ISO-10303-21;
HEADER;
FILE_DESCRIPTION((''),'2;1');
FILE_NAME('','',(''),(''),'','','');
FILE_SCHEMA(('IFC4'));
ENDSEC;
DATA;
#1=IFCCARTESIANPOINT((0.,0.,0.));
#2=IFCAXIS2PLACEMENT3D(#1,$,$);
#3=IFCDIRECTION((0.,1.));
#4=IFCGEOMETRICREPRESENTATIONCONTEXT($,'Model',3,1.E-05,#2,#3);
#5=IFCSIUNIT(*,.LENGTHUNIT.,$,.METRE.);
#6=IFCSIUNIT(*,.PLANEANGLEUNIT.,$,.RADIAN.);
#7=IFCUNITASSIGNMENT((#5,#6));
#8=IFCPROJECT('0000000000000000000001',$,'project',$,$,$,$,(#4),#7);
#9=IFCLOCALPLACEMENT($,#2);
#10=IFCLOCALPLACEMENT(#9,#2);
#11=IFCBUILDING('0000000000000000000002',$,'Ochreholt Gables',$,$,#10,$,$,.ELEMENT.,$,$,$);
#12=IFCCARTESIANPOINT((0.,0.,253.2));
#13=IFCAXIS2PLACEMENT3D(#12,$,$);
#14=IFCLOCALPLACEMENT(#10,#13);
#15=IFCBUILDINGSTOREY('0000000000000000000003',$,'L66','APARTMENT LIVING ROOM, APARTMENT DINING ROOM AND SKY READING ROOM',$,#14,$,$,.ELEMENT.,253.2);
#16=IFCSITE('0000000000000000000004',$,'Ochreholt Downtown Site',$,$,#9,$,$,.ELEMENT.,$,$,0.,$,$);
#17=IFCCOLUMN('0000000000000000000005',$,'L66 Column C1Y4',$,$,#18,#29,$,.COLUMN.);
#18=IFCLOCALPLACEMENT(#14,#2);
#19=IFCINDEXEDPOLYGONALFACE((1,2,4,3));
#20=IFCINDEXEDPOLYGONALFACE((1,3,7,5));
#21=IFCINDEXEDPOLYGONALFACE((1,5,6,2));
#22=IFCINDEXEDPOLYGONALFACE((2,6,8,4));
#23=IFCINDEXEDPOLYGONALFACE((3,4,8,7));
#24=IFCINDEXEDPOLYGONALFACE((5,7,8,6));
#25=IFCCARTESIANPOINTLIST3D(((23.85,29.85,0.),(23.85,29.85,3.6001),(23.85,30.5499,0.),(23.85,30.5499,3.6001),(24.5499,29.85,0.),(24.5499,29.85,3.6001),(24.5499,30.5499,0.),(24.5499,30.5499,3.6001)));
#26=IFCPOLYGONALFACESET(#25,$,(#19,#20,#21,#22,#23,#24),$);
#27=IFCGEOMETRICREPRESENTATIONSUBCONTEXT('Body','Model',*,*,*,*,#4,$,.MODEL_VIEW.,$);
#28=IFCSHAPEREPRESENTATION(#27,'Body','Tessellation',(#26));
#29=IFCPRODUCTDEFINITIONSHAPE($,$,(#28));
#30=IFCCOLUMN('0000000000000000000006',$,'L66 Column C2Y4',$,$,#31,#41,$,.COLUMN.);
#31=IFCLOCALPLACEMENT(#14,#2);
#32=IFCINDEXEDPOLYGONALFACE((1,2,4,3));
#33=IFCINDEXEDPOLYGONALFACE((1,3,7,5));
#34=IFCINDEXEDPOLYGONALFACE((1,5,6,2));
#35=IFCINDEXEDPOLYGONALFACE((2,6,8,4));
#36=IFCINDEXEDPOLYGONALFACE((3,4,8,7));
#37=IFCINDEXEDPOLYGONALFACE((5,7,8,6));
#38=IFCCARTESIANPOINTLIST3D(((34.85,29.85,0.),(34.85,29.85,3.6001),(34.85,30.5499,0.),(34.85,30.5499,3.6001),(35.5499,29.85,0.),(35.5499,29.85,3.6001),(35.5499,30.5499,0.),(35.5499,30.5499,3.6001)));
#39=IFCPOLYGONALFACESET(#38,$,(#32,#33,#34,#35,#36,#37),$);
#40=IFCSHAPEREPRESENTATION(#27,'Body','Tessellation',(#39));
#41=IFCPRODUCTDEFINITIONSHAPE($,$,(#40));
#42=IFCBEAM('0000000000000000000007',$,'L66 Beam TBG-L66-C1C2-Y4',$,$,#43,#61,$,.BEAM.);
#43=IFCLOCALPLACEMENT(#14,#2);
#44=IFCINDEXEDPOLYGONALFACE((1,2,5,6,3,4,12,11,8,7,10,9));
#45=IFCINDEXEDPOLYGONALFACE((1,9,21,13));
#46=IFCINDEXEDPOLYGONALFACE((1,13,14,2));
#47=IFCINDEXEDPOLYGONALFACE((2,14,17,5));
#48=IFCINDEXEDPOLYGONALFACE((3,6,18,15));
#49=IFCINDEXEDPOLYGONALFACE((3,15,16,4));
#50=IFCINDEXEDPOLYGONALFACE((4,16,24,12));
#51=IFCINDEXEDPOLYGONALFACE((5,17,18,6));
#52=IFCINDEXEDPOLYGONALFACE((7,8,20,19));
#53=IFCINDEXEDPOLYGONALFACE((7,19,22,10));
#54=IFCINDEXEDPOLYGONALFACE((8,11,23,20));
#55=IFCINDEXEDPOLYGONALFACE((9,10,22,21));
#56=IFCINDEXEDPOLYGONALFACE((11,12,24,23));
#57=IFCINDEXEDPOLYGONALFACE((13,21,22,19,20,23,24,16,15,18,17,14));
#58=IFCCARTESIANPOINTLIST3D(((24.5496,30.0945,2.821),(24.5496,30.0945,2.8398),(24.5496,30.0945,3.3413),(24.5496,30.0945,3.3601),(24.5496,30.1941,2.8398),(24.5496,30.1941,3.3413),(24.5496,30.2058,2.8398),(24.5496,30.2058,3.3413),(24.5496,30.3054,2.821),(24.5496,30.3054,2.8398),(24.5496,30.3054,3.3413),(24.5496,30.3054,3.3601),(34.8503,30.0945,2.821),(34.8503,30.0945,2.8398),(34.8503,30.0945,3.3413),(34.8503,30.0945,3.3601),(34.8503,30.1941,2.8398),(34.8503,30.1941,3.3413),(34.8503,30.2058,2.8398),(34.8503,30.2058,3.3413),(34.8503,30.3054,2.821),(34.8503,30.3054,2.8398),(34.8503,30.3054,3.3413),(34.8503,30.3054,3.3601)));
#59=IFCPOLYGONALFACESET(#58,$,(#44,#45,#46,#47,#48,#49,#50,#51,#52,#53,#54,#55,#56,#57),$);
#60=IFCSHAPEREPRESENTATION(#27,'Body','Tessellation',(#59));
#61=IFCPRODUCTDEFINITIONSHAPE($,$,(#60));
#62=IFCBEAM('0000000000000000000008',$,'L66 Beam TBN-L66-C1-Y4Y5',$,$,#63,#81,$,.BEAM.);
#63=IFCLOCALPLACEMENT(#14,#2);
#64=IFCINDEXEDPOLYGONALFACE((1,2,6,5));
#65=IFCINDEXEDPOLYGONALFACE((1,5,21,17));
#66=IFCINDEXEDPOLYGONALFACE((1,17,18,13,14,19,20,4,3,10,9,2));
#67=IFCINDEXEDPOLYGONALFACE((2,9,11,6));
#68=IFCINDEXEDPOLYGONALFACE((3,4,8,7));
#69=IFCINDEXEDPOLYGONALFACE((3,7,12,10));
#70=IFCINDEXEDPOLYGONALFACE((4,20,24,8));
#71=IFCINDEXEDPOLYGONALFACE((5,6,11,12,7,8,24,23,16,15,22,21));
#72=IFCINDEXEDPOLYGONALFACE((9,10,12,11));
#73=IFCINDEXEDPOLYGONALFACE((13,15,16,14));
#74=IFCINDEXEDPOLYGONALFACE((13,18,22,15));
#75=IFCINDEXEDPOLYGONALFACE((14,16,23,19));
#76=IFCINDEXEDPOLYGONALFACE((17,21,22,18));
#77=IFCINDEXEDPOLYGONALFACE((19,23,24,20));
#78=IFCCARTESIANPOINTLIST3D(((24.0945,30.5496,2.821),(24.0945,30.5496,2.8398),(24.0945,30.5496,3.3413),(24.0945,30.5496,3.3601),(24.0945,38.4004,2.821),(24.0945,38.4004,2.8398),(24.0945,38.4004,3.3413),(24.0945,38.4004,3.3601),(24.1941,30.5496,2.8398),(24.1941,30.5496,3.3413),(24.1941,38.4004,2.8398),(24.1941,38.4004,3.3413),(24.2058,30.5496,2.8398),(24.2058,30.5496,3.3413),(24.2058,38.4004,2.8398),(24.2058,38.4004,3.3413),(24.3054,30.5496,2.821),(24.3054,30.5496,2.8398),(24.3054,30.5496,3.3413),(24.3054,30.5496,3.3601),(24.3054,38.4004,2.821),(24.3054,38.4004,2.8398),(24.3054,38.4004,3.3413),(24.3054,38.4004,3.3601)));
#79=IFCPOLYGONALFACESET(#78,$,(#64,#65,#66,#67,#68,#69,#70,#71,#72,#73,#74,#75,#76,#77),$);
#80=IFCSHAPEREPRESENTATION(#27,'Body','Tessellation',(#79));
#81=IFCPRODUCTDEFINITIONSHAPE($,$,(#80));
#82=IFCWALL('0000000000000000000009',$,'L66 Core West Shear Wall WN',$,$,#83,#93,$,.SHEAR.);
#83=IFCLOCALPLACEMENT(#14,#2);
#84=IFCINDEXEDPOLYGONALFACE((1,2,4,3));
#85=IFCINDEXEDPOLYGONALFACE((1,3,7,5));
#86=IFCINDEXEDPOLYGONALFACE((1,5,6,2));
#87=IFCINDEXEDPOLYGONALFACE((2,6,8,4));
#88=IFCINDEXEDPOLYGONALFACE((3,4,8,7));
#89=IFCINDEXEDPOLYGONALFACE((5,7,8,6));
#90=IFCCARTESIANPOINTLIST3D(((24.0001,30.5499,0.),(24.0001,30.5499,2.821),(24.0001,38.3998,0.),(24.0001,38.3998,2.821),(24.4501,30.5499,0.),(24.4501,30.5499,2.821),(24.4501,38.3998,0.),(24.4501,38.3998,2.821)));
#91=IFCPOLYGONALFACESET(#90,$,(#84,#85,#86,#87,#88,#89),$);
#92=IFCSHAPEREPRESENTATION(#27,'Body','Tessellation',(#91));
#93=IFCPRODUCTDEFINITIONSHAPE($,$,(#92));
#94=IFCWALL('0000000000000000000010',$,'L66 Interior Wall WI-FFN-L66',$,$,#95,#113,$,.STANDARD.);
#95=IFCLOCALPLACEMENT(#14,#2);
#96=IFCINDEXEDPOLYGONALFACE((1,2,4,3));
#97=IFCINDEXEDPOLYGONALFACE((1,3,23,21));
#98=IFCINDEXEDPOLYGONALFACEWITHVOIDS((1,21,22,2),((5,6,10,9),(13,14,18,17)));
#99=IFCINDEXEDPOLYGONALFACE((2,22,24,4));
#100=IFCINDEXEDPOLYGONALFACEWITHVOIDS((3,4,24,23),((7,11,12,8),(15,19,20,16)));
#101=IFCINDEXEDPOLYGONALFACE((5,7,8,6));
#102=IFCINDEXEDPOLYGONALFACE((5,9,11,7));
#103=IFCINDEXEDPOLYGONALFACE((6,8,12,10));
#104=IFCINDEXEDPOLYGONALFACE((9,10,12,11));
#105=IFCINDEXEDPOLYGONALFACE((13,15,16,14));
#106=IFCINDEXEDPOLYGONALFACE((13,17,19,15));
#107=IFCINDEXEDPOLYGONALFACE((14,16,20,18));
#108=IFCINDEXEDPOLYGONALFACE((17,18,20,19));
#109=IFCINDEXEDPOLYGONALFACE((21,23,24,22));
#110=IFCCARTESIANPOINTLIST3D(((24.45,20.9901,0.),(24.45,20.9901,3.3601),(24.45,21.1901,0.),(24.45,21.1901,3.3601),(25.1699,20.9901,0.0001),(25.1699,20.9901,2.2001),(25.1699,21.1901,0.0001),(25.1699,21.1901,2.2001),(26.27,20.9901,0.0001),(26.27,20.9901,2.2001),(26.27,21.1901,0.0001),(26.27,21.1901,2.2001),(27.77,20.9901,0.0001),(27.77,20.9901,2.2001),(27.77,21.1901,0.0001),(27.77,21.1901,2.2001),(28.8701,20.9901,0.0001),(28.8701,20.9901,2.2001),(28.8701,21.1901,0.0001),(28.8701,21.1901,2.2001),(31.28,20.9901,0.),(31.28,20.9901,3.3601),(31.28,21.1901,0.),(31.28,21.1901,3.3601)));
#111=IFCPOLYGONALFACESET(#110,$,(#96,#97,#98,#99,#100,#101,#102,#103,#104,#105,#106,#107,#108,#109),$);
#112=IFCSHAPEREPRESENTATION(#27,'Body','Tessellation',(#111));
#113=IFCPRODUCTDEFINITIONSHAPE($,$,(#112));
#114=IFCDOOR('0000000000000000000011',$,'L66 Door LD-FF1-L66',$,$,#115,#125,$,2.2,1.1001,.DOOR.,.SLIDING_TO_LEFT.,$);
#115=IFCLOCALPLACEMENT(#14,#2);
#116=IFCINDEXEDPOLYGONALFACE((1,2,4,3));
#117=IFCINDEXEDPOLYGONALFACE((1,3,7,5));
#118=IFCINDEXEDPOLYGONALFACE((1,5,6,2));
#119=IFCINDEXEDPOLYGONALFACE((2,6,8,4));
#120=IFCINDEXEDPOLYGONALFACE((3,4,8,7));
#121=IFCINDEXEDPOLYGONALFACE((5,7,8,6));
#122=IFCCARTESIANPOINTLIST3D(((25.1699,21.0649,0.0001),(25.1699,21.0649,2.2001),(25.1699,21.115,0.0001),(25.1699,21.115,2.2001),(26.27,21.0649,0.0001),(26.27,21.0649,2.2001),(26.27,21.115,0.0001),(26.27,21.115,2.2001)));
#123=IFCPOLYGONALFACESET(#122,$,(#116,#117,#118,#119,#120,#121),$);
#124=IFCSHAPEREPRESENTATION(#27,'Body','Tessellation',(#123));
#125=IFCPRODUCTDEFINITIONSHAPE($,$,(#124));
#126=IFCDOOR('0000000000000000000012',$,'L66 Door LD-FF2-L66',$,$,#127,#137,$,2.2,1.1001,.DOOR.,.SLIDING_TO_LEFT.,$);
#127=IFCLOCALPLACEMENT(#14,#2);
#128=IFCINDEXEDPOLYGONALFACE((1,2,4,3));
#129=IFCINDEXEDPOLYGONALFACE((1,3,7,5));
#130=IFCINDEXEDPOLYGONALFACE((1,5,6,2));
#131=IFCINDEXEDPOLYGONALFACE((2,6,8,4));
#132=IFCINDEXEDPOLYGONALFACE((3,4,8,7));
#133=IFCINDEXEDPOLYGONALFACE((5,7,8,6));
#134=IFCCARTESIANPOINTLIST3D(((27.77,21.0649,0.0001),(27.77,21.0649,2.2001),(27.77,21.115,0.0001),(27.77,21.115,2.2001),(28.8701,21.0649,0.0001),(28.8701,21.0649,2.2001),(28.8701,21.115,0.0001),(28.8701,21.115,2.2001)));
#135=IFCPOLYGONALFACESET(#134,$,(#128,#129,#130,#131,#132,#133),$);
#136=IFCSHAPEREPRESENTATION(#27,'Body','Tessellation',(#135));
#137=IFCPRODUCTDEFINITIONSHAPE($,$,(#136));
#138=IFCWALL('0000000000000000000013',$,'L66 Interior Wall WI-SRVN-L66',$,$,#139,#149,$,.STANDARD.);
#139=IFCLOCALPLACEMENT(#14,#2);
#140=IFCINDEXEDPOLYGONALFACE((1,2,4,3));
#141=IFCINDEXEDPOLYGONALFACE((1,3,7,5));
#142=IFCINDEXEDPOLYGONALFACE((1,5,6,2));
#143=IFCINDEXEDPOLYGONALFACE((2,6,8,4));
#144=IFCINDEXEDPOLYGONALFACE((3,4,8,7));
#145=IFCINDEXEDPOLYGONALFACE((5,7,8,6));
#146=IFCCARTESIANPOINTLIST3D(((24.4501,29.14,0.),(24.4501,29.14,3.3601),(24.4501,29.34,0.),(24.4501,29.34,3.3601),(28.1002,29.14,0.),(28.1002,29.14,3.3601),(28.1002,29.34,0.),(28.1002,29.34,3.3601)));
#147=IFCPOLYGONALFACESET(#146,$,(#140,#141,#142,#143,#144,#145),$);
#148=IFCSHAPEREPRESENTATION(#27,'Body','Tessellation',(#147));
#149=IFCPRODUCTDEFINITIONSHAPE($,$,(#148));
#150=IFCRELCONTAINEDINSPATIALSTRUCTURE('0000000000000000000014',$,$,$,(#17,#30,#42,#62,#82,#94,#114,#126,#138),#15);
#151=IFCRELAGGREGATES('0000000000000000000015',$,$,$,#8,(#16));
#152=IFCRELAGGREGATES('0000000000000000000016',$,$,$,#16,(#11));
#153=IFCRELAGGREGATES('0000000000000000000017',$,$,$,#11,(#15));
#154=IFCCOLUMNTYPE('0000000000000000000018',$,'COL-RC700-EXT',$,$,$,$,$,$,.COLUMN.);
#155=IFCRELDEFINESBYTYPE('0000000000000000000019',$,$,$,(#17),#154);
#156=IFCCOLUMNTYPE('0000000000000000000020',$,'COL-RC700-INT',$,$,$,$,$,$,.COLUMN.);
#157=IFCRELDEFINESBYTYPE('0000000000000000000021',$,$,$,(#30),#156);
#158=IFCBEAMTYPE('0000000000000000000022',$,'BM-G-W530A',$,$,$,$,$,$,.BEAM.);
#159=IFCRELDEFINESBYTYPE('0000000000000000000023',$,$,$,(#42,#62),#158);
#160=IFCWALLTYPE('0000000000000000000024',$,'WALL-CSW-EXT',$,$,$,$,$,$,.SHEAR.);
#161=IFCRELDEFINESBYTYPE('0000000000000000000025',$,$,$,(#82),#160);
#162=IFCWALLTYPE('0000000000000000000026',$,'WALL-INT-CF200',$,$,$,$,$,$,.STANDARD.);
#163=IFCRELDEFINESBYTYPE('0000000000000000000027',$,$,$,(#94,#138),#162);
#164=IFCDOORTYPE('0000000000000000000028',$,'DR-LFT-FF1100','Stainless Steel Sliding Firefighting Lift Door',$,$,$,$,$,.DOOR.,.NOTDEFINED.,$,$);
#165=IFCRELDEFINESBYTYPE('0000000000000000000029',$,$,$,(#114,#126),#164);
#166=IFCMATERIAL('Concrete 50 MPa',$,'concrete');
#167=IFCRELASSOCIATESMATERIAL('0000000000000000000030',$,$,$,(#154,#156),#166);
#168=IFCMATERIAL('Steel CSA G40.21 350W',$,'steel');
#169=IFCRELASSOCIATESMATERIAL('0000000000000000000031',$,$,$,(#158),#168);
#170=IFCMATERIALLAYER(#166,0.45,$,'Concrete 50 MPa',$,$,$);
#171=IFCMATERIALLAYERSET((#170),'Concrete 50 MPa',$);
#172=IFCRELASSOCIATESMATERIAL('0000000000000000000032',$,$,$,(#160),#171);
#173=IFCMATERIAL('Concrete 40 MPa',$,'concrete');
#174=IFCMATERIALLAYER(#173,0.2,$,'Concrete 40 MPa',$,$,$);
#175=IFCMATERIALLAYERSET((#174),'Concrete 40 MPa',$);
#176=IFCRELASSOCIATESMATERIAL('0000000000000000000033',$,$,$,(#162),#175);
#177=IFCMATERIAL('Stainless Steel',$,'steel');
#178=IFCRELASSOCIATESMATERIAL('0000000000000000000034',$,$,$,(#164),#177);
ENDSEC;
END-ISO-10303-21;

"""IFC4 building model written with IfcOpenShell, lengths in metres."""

from ifc_helpers import new_model, si_unit, direction, frame, frame_2d, origin, origin_2d, place, context, subcontext, project, spatial, rectangle, i_section, extrude, material, layer, layer_set, material_profile, profile_set, type_object, element, fill, save


model = new_model("IFC4")

# Units and contexts
model_context = context("Model", 3, precision=1e-05, world=origin(), true_north=direction((0.0, 1.0)))
body_context = subcontext(model_context, "Body", "Model", "MODEL_VIEW")
ifc_project = project(units=[si_unit("LENGTHUNIT", "METRE"), si_unit("PLANEANGLEUNIT", "RADIAN")], contexts=[model_context])

# Site, building, storey
site_placement = place(None, origin())
site = spatial("IfcSite", under=ifc_project, at=site_placement, Name="Ochreholt Downtown Site", CompositionType="ELEMENT", RefElevation=0.0)
building_placement = place(site_placement, origin())
building = spatial("IfcBuilding", under=site, at=building_placement, Name="Ochreholt Gables", CompositionType="ELEMENT")
storey_placement = place(building_placement, frame((0.0, 0.0, 253.2)))
storey = spatial("IfcBuildingStorey", under=building, at=storey_placement, Name="L66", Description="APARTMENT LIVING ROOM, APARTMENT DINING ROOM AND SKY READING ROOM", CompositionType="ELEMENT", Elevation=253.2)

# Columns
ifc_material_1 = material(Name="Concrete 50 MPa", Category="concrete")
ifc_material_profile_1 = material_profile(ifc_material_1, rectangle(XDim=0.7, YDim=0.7, at=origin_2d()), Name="RC700X700")
ifc_profile_set_1 = profile_set([ifc_material_profile_1], Name="Concrete 50 MPa")
column_type_1 = type_object("IfcColumnType", Name="COL-RC700-EXT", PredefinedType="COLUMN", material=ifc_profile_set_1)
column_1_placement = place(storey_placement, frame((24.2, 30.2, 0.0), z_axis=(0.0, 0.0, 1.0), x_axis=(1.0, 0.0, 0.0)))
element("IfcColumn", 1, at=column_1_placement, inside=storey, type_object=column_type_1, Name="L66 Column C1Y4", PredefinedType="COLUMN", context=body_context, shape_type="SweptSolid", body=[
    extrude(rectangle(XDim=0.7, YDim=0.7, at=origin_2d()), origin(), (0.0, 0.0, 1.0), 3.6001),
])
ifc_material_profile_2 = material_profile(ifc_material_1, rectangle(XDim=0.7, YDim=0.7, at=origin_2d()), Name="RC700X700")
ifc_profile_set_2 = profile_set([ifc_material_profile_2], Name="Concrete 50 MPa")
column_type_2 = type_object("IfcColumnType", Name="COL-RC700-INT", PredefinedType="COLUMN", material=ifc_profile_set_2)
column_2_placement = place(storey_placement, frame((35.2, 30.2, 0.0), z_axis=(0.0, 0.0, 1.0), x_axis=(1.0, 0.0, 0.0)))
element("IfcColumn", 2, at=column_2_placement, inside=storey, type_object=column_type_2, Name="L66 Column C2Y4", PredefinedType="COLUMN", context=body_context, shape_type="SweptSolid", body=[
    extrude(rectangle(XDim=0.7, YDim=0.7, at=origin_2d()), origin(), (0.0, 0.0, 1.0), 3.6001),
])

# Beams
ifc_material_2 = material(Name="Steel CSA G40.21 350W", Category="steel")
ifc_material_profile_3 = material_profile(ifc_material_2, i_section(OverallWidth=0.2109, OverallDepth=0.5391, WebThickness=0.0117, FlangeThickness=0.0188, at=origin_2d()), Name="W530X109")
ifc_profile_set_3 = profile_set([ifc_material_profile_3], Name="Steel CSA G40.21 350W")
beam_type = type_object("IfcBeamType", Name="BM-G-W530A", PredefinedType="BEAM", material=ifc_profile_set_3)
beam_1_placement = place(storey_placement, frame((24.5496, 30.2, 3.0906), z_axis=(1.0, 0.0, 0.0), x_axis=(0.0, 1.0, 0.0)))
element("IfcBeam", 3, at=beam_1_placement, inside=storey, type_object=beam_type, Name="L66 Beam TBG-L66-C1C2-Y4", PredefinedType="BEAM", context=body_context, shape_type="SweptSolid", body=[
    extrude(i_section(OverallWidth=0.2109, OverallDepth=0.5391, WebThickness=0.0117, FlangeThickness=0.0188, at=origin_2d()), origin(), (0.0, 0.0, 1.0), 10.3008),
])
beam_2_placement = place(storey_placement, frame((24.2, 30.5496, 3.0906), z_axis=(0.0, 1.0, 0.0), x_axis=(-1.0, 0.0, 0.0)))
element("IfcBeam", 4, at=beam_2_placement, inside=storey, type_object=beam_type, Name="L66 Beam TBN-L66-C1-Y4Y5", PredefinedType="BEAM", context=body_context, shape_type="SweptSolid", body=[
    extrude(i_section(OverallWidth=0.2109, OverallDepth=0.5391, WebThickness=0.0117, FlangeThickness=0.0188, at=origin_2d()), origin(), (0.0, 0.0, 1.0), 7.8508),
])

# Wall
ifc_layer_1 = layer(ifc_material_1, 0.45, Name="Concrete 50 MPa")
ifc_layer_set_1 = layer_set([ifc_layer_1], Name="Concrete 50 MPa")
wall_type_1 = type_object("IfcWallType", Name="WALL-CSW-EXT", PredefinedType="SHEAR", material=ifc_layer_set_1)
wall_1_placement = place(storey_placement, frame((24.2251, 30.55, 0.0), z_axis=(0.0, 0.0, 1.0), x_axis=(0.0, 1.0, 0.0)))
element("IfcWall", 5, at=wall_1_placement, inside=storey, type_object=wall_type_1, Name="L66 Core West Shear Wall WN", PredefinedType="SHEAR", context=body_context, shape_type="SweptSolid", body=[
    extrude(rectangle(XDim=7.8499, YDim=0.45, at=frame_2d((3.9248, 0.0))), origin(), (0.0, 0.0, 1.0), 2.821),
])

# Wall, openings, doors
ifc_material_3 = material(Name="Concrete 40 MPa", Category="concrete")
ifc_layer_2 = layer(ifc_material_3, 0.2, Name="Concrete 40 MPa")
ifc_layer_set_2 = layer_set([ifc_layer_2], Name="Concrete 40 MPa")
wall_type_2 = type_object("IfcWallType", Name="WALL-INT-CF200", PredefinedType="STANDARD", material=ifc_layer_set_2)
wall_2_placement = place(storey_placement, frame((24.45, 21.0901, 0.0), z_axis=(0.0, 0.0, 1.0), x_axis=(1.0, 0.0, 0.0)))
wall_2 = element("IfcWall", 6, at=wall_2_placement, inside=storey, type_object=wall_type_2, Name="L66 Interior Wall WI-FFN-L66", PredefinedType="STANDARD", context=body_context, shape_type="SweptSolid", body=[
    extrude(rectangle(XDim=6.8301, YDim=0.2, at=frame_2d((3.415, 0.0))), origin(), (0.0, 0.0, 1.0), 3.3601),
])
opening_1_placement = place(wall_2_placement, frame((0.72, 0.0, 0.0)))
opening_1 = element("IfcOpeningElement", 7, at=opening_1_placement, cuts=wall_2, PredefinedType="OPENING", context=body_context, shape_type="SweptSolid", body=[
    extrude(rectangle(XDim=1.1001, YDim=2.2, at=frame_2d((0.55, 1.1001))), frame((0.0, 0.1099, 0.0), z_axis=(0.0, -1.0, 0.0), x_axis=(1.0, 0.0, 0.0)), (0.0, 0.0, 1.0), 0.22),
])
opening_2_placement = place(wall_2_placement, frame((3.3201, 0.0, 0.0)))
opening_2 = element("IfcOpeningElement", 8, at=opening_2_placement, cuts=wall_2, PredefinedType="OPENING", context=body_context, shape_type="SweptSolid", body=[
    extrude(rectangle(XDim=1.1001, YDim=2.2, at=frame_2d((0.55, 1.1001))), frame((0.0, 0.1099, 0.0), z_axis=(0.0, -1.0, 0.0), x_axis=(1.0, 0.0, 0.0)), (0.0, 0.0, 1.0), 0.22),
])
ifc_material_4 = material(Name="Stainless Steel", Category="steel")
door_type_1 = type_object("IfcDoorType", Name="DR-LFT-FF1100", Description="Stainless Steel Sliding Firefighting Lift Door", OperationType="NOTDEFINED", PredefinedType="DOOR", material=ifc_material_4)
door_1_placement = place(opening_1_placement, origin())
door_1 = element("IfcDoor", 9, at=door_1_placement, inside=storey, type_object=door_type_1, Name="L66 Door LD-FF1-L66", OperationType="SLIDING_TO_LEFT", OverallHeight=2.2, OverallWidth=1.1001, PredefinedType="DOOR", context=body_context, shape_type="SweptSolid", body=[
    extrude(rectangle(XDim=1.1001, YDim=2.2, at=frame_2d((0.55, 1.1001))), frame((0.0, 0.0249, 0.0), z_axis=(0.0, -1.0, 0.0), x_axis=(1.0, 0.0, 0.0)), (0.0, 0.0, 1.0), 0.05),
])
fill(opening_1, door_1)
door_2_placement = place(opening_2_placement, origin())
door_2 = element("IfcDoor", 10, at=door_2_placement, inside=storey, type_object=door_type_1, Name="L66 Door LD-FF2-L66", OperationType="SLIDING_TO_LEFT", OverallHeight=2.2, OverallWidth=1.1001, PredefinedType="DOOR", context=body_context, shape_type="SweptSolid", body=[
    extrude(rectangle(XDim=1.1001, YDim=2.2, at=frame_2d((0.55, 1.1001))), frame((0.0, 0.0249, 0.0), z_axis=(0.0, -1.0, 0.0), x_axis=(1.0, 0.0, 0.0)), (0.0, 0.0, 1.0), 0.05),
])
fill(opening_2, door_2)

# Wall
wall_3_placement = place(storey_placement, frame((24.45, 29.24, 0.0), z_axis=(0.0, 0.0, 1.0), x_axis=(1.0, 0.0, 0.0)))
element("IfcWall", 11, at=wall_3_placement, inside=storey, type_object=wall_type_2, Name="L66 Interior Wall WI-SRVN-L66", PredefinedType="STANDARD", context=body_context, shape_type="SweptSolid", body=[
    extrude(rectangle(XDim=3.6501, YDim=0.2, at=frame_2d((1.8252, 0.0))), origin(), (0.0, 0.0, 1.0), 3.3601),
])

save(model, "model.ifc")
